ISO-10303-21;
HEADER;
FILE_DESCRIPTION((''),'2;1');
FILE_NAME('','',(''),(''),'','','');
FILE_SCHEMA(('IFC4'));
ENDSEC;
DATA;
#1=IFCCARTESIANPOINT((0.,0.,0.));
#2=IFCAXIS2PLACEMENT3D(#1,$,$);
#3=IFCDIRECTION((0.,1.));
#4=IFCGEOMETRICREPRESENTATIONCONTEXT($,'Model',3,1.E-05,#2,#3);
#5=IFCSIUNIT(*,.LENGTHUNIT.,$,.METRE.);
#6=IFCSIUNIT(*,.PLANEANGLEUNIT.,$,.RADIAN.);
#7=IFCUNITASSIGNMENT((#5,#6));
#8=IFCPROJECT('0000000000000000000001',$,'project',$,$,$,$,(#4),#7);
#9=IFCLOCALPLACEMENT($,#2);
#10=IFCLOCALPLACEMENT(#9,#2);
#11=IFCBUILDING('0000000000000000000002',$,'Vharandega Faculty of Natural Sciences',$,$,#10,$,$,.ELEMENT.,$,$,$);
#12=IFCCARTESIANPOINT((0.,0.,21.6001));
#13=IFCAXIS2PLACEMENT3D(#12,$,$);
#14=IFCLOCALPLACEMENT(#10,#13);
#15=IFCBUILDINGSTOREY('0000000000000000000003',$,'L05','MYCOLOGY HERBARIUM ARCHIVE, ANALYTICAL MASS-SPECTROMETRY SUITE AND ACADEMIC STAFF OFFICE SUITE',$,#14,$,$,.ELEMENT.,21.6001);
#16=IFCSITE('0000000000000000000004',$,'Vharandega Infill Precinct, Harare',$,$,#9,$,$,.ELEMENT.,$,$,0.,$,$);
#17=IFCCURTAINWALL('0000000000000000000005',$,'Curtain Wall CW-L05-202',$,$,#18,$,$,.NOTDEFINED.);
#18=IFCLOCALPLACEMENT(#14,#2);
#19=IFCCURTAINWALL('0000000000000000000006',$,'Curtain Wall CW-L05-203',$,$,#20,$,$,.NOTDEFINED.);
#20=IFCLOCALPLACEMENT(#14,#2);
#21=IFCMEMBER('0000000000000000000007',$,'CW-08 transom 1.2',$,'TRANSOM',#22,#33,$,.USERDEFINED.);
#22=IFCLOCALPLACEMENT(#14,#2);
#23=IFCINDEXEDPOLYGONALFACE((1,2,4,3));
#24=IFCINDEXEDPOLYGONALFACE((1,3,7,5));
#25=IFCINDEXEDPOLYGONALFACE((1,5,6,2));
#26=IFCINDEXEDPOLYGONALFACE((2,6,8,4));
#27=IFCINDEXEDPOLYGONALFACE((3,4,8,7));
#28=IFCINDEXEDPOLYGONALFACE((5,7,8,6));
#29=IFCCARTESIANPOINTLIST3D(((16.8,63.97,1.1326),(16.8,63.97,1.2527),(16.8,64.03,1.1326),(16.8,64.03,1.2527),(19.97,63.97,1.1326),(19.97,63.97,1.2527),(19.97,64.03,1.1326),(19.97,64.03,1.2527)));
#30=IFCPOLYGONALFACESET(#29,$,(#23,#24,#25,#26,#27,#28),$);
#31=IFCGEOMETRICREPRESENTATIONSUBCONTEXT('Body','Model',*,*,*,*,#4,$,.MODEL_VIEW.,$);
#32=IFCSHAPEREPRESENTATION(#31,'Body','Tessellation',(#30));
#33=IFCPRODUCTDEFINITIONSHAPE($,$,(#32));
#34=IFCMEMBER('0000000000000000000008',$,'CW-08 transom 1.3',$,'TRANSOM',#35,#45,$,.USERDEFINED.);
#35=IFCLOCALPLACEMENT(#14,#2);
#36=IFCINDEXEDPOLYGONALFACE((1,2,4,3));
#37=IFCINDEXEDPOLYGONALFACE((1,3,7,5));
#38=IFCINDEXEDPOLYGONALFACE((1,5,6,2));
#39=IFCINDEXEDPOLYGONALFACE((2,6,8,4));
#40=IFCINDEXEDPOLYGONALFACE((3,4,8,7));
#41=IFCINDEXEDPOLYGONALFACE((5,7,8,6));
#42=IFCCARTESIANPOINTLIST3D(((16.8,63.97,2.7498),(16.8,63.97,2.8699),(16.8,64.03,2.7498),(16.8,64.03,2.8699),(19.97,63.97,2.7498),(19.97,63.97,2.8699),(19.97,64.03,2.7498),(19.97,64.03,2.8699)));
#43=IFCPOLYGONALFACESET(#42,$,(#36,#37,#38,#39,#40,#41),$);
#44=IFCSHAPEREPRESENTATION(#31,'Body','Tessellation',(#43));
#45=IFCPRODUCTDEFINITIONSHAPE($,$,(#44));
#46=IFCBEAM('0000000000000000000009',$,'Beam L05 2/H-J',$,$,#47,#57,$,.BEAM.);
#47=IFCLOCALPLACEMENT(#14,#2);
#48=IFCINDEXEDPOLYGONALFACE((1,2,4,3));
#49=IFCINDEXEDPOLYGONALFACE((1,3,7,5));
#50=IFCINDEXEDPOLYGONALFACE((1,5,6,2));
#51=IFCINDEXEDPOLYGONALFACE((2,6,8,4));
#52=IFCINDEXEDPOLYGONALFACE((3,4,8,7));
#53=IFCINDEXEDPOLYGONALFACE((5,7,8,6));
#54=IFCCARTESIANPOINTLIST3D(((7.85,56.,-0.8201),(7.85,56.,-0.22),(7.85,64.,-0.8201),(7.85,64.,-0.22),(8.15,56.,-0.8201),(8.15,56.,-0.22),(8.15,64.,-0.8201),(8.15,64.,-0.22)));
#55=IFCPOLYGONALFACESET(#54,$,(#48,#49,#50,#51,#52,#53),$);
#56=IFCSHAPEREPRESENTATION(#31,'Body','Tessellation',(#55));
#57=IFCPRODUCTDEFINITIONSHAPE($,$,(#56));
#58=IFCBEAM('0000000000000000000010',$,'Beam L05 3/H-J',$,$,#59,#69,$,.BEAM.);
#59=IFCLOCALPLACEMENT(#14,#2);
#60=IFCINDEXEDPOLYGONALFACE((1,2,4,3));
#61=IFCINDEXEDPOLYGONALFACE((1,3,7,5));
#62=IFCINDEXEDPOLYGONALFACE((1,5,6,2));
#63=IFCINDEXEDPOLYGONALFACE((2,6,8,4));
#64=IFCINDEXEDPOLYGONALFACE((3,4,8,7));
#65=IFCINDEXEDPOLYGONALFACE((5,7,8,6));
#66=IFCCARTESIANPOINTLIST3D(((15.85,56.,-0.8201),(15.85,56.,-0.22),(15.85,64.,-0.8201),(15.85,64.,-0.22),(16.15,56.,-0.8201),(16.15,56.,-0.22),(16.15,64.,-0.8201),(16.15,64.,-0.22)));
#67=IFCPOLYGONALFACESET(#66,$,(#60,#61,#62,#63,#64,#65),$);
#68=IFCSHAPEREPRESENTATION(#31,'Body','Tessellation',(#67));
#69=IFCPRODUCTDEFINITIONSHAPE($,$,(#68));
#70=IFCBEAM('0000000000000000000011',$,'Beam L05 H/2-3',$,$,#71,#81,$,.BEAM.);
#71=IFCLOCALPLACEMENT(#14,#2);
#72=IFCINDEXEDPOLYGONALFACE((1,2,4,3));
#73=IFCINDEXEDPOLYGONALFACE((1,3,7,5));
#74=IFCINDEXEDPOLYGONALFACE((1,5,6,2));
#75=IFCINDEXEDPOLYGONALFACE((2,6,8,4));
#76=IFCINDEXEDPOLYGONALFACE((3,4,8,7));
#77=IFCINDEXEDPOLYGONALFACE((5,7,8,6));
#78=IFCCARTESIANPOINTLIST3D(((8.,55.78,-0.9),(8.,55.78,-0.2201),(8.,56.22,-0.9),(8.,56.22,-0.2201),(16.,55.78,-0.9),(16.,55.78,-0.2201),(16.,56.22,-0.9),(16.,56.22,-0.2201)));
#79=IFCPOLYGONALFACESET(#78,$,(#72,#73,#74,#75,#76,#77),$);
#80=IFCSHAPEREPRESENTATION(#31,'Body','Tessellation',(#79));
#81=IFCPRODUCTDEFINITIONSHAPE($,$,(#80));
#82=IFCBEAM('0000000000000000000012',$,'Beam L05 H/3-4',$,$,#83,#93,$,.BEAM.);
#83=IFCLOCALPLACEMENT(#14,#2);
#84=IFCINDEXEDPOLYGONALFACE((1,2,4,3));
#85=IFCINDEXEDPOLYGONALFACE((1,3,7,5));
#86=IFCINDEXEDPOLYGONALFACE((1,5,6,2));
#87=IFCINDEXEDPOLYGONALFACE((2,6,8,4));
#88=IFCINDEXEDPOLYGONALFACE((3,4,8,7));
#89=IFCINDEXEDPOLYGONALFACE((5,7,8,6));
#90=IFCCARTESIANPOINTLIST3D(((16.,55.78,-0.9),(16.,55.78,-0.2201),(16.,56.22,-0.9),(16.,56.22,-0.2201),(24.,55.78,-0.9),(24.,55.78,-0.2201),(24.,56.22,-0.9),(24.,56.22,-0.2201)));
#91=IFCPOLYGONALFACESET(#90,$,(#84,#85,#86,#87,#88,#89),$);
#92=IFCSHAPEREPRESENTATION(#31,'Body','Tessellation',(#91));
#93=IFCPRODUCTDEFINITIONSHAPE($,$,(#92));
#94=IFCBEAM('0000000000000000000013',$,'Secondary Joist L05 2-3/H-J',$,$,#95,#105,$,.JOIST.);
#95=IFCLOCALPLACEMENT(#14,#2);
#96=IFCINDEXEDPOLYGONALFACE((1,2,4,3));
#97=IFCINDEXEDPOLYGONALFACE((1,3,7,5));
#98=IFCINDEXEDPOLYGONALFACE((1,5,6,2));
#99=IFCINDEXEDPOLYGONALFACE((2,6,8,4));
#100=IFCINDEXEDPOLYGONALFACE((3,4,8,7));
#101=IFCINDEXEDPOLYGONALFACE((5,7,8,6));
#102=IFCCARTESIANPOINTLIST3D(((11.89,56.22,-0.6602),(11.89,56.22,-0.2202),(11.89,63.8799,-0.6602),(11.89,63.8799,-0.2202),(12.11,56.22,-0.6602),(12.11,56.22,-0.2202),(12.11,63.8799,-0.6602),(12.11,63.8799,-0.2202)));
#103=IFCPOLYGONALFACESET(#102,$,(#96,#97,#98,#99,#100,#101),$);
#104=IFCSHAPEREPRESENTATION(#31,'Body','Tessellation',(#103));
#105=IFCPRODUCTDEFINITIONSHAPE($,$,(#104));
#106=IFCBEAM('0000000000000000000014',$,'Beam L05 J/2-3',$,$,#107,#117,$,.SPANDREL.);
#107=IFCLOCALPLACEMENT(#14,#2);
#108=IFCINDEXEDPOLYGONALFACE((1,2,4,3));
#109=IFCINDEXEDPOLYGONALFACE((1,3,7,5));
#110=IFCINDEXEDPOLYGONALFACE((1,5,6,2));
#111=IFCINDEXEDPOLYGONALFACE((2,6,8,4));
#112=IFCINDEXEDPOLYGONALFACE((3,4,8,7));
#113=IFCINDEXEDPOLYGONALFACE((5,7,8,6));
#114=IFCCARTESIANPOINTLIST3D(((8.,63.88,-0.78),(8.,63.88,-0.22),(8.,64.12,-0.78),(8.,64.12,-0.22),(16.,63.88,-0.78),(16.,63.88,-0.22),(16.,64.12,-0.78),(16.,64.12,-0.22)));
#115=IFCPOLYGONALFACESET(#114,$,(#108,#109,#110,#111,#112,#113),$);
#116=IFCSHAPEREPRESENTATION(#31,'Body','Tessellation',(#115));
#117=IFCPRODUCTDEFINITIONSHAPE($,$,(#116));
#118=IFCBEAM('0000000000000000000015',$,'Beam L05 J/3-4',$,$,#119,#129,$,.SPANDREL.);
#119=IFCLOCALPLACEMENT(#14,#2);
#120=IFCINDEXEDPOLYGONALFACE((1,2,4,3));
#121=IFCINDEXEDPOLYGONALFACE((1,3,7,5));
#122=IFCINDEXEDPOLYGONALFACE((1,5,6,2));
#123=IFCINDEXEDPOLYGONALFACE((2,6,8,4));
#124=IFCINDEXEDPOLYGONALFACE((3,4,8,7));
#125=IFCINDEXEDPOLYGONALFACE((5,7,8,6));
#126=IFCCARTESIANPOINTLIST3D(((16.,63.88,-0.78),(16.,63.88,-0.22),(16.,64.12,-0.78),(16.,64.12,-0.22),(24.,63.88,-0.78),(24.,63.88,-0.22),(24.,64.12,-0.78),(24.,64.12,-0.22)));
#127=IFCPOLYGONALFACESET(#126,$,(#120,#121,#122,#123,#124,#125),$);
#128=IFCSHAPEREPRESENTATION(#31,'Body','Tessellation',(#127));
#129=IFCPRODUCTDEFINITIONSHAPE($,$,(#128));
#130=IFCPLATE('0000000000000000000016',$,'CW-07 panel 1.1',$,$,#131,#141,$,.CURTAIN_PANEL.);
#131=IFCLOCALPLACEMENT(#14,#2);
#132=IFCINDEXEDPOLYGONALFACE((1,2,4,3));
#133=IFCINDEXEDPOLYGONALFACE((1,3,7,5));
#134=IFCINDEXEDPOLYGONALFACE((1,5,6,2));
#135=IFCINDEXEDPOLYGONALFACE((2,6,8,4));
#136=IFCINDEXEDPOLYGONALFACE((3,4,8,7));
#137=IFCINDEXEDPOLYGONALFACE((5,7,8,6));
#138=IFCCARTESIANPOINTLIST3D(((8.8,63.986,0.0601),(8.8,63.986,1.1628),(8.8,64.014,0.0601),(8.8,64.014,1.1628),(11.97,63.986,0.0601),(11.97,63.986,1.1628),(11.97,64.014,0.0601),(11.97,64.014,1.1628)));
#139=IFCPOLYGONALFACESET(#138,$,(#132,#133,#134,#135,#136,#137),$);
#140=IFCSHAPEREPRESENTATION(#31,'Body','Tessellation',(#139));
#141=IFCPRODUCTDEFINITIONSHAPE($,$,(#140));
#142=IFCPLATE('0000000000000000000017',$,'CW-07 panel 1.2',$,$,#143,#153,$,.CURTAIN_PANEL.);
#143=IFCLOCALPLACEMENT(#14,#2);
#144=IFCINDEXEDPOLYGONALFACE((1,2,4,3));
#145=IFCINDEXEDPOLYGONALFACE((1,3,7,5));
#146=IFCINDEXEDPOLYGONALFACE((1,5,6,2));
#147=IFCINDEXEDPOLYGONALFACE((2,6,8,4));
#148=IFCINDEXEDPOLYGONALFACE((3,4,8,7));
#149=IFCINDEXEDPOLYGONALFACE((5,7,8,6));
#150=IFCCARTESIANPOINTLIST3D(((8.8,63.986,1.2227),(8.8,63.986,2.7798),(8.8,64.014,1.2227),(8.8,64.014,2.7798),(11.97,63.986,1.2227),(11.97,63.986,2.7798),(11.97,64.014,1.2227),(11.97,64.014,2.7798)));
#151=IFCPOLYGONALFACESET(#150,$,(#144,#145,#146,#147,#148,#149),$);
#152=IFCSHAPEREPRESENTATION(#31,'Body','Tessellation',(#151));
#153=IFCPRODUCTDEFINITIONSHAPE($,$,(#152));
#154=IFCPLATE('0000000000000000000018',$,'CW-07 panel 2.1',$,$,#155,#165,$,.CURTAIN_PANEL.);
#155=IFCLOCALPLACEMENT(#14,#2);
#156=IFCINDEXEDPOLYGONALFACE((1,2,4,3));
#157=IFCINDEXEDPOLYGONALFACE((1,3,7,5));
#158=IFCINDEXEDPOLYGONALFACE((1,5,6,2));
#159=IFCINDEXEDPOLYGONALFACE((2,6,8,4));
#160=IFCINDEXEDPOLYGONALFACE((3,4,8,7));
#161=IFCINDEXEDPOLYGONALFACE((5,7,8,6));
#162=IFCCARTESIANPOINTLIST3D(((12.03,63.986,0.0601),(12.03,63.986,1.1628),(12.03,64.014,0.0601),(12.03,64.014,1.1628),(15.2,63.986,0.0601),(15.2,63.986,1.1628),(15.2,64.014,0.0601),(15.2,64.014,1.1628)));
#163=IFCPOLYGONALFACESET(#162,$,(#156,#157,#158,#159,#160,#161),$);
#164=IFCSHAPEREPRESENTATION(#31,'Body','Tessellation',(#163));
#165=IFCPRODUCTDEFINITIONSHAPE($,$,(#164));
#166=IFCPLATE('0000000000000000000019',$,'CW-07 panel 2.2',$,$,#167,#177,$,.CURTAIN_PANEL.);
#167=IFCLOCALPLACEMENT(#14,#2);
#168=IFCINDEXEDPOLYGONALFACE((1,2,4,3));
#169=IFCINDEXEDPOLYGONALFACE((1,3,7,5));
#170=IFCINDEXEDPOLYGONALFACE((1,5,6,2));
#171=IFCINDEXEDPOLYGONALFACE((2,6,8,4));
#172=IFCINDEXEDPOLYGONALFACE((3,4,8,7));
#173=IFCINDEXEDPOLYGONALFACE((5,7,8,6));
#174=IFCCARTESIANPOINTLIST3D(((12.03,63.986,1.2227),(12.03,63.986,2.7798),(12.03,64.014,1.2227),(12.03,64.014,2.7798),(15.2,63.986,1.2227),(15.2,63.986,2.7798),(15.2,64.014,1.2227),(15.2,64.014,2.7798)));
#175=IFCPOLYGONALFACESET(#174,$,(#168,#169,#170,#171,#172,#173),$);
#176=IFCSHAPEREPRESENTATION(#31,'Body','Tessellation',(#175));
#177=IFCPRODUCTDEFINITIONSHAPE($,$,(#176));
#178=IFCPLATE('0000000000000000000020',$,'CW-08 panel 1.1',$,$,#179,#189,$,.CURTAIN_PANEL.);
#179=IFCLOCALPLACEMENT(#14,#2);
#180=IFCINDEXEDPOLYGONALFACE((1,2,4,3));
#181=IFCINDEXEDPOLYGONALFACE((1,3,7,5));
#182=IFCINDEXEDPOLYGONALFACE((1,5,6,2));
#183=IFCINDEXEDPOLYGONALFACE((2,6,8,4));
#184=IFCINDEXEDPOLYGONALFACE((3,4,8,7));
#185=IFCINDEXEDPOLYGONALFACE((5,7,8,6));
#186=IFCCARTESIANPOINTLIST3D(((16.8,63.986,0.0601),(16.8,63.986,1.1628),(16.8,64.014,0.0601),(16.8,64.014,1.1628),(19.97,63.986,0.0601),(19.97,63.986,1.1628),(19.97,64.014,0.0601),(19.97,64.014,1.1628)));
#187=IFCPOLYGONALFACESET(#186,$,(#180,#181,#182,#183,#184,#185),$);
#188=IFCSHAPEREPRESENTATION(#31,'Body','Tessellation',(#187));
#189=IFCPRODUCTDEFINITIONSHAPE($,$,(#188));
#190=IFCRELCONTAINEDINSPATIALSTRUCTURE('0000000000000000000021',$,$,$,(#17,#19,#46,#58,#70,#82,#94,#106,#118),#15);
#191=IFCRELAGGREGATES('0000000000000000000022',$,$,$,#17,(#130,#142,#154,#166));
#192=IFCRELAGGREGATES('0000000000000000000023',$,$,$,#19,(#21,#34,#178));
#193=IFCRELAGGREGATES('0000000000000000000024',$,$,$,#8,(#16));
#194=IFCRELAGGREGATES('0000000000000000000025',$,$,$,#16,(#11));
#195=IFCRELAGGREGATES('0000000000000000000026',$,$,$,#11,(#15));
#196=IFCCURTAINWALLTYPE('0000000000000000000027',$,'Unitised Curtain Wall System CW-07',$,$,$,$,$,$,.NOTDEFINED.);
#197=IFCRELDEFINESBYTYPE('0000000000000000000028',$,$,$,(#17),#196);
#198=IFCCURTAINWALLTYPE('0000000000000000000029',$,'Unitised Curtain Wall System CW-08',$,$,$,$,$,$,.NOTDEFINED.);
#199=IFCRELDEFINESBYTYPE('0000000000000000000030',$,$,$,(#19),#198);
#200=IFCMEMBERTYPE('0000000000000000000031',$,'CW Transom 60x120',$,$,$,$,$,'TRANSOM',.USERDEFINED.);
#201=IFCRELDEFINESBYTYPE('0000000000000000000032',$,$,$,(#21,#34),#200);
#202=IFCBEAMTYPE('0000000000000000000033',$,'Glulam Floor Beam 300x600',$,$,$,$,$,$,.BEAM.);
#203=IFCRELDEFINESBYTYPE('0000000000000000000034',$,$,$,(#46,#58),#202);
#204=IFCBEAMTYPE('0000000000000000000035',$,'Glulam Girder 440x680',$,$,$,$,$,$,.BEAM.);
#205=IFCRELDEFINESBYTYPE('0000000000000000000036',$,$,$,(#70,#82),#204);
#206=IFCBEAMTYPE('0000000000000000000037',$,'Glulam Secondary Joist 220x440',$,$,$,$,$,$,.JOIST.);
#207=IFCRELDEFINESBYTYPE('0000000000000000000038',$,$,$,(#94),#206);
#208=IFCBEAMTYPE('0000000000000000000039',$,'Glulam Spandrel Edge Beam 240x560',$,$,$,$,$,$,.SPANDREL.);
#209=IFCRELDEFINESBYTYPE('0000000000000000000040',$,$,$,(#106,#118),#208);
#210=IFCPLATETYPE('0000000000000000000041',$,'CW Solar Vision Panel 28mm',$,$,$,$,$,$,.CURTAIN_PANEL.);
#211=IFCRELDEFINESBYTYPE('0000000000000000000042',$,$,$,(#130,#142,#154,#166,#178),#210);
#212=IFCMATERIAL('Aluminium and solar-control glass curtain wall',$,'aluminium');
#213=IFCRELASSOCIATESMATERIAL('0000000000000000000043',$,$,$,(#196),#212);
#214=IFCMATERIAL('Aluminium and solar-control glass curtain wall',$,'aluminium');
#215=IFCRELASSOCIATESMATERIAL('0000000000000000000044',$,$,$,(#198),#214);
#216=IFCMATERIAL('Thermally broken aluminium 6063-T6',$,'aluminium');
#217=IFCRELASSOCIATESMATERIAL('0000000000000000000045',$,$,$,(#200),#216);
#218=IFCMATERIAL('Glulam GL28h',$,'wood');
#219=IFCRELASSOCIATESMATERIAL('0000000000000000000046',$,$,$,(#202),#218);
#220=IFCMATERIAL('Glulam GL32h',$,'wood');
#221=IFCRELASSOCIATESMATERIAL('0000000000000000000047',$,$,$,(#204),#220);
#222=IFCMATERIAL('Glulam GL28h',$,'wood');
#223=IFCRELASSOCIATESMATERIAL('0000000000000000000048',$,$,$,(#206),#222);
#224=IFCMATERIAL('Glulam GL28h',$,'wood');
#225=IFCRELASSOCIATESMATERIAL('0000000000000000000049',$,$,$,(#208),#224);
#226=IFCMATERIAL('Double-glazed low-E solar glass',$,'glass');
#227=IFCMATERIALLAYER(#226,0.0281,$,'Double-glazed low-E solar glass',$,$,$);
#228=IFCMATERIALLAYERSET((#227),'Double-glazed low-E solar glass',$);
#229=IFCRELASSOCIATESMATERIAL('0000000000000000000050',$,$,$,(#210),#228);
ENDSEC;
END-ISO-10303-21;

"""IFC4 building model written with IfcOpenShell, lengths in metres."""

from ifc_helpers import new_model, si_unit, direction, frame, origin, origin_2d, place, context, subcontext, project, spatial, rectangle, extrude, material, layer, layer_set, material_profile, profile_set, type_object, element, aggregate, save


model = new_model("IFC4")

# Units and contexts
model_context = context("Model", 3, precision=1e-05, world=origin(), true_north=direction((0.0, 1.0)))
body_context = subcontext(model_context, "Body", "Model", "MODEL_VIEW")
ifc_project = project(units=[si_unit("LENGTHUNIT", "METRE"), si_unit("PLANEANGLEUNIT", "RADIAN")], contexts=[model_context])

# Site, building, storey
site_placement = place(None, origin())
site = spatial("IfcSite", under=ifc_project, at=site_placement, Name="Vharandega Infill Precinct, Harare", CompositionType="ELEMENT", RefElevation=0.0)
building_placement = place(site_placement, origin())
building = spatial("IfcBuilding", under=site, at=building_placement, Name="Vharandega Faculty of Natural Sciences", CompositionType="ELEMENT")
storey_placement = place(building_placement, frame((0.0, 0.0, 21.6001)))
storey = spatial("IfcBuildingStorey", under=building, at=storey_placement, Name="L05", Description="MYCOLOGY HERBARIUM ARCHIVE, ANALYTICAL MASS-SPECTROMETRY SUITE AND ACADEMIC STAFF OFFICE SUITE", CompositionType="ELEMENT", Elevation=21.6001)

# Curtain wall
ifc_material_1 = material(Name="Aluminium and solar-control glass curtain wall", Category="aluminium")
curtain_wall_type_1 = type_object("IfcCurtainWallType", Name="Unitised Curtain Wall System CW-07", PredefinedType="NOTDEFINED", material=ifc_material_1)
curtain_wall_1_placement = place(storey_placement, origin())
curtain_wall_1 = element("IfcCurtainWall", 1, at=curtain_wall_1_placement, inside=storey, type_object=curtain_wall_type_1, Name="Curtain Wall CW-L05-202", PredefinedType="NOTDEFINED")

# Curtain wall
ifc_material_2 = material(Name="Aluminium and solar-control glass curtain wall", Category="aluminium")
curtain_wall_type_2 = type_object("IfcCurtainWallType", Name="Unitised Curtain Wall System CW-08", PredefinedType="NOTDEFINED", material=ifc_material_2)
curtain_wall_2_placement = place(storey_placement, origin())
curtain_wall_2 = element("IfcCurtainWall", 2, at=curtain_wall_2_placement, inside=storey, type_object=curtain_wall_type_2, Name="Curtain Wall CW-L05-203", PredefinedType="NOTDEFINED")

# Members
ifc_material_3 = material(Name="Thermally broken aluminium 6063-T6", Category="aluminium")
ifc_material_profile_1 = material_profile(ifc_material_3, rectangle(XDim=0.0601, YDim=0.1201, at=origin_2d()), Name="ALU 60x120")
ifc_profile_set_1 = profile_set([ifc_material_profile_1], Name="Thermally broken aluminium 6063-T6")
member_type_1 = type_object("IfcMemberType", Name="CW Transom 60x120", ElementType="TRANSOM", PredefinedType="USERDEFINED", material=ifc_profile_set_1)
member_1_placement = place(storey_placement, frame((16.8, 64.0, 1.1926), z_axis=(1.0, 0.0, 0.0), x_axis=(0.0, 1.0, 0.0)))
member_1 = element("IfcMember", 3, at=member_1_placement, type_object=member_type_1, Name="CW-08 transom 1.2", ObjectType="TRANSOM", PredefinedType="USERDEFINED", context=body_context, shape_type="SweptSolid", body=[
    extrude(rectangle(XDim=0.0601, YDim=0.1201, at=origin_2d()), origin(), (0.0, 0.0, 1.0), 3.1699),
])
member_2_placement = place(storey_placement, frame((16.8, 64.0, 2.8098), z_axis=(1.0, 0.0, 0.0), x_axis=(0.0, 1.0, 0.0)))
member_2 = element("IfcMember", 4, at=member_2_placement, type_object=member_type_1, Name="CW-08 transom 1.3", ObjectType="TRANSOM", PredefinedType="USERDEFINED", context=body_context, shape_type="SweptSolid", body=[
    extrude(rectangle(XDim=0.0601, YDim=0.1201, at=origin_2d()), origin(), (0.0, 0.0, 1.0), 3.1699),
])

# Beams
ifc_material_4 = material(Name="Glulam GL28h", Category="wood")
ifc_material_profile_2 = material_profile(ifc_material_4, rectangle(XDim=0.3, YDim=0.6001, at=origin_2d()), Name="GL28h 300x600")
ifc_profile_set_2 = profile_set([ifc_material_profile_2], Name="Glulam GL28h")
beam_type_1 = type_object("IfcBeamType", Name="Glulam Floor Beam 300x600", PredefinedType="BEAM", material=ifc_profile_set_2)
for number, where, z_axis, x_axis, name in (
    (5, (8.0, 56.0, -0.52), (0.0, 1.0, 0.0), (-1.0, 0.0, 0.0), "Beam L05 2/H-J"),
    (6, (16.0, 56.0, -0.52), (0.0, 1.0, 0.0), (-1.0, 0.0, 0.0), "Beam L05 3/H-J"),
):
    element("IfcBeam", number, at=place(storey_placement, frame(where, z_axis=z_axis, x_axis=x_axis)), inside=storey, type_object=beam_type_1, Name=name, PredefinedType="BEAM", context=body_context, shape_type="SweptSolid", body=[
        extrude(rectangle(XDim=0.3, YDim=0.6001, at=origin_2d()), origin(), (0.0, 0.0, 1.0), 8.0),
    ])
ifc_material_5 = material(Name="Glulam GL32h", Category="wood")
ifc_material_profile_3 = material_profile(ifc_material_5, rectangle(XDim=0.4399, YDim=0.6799, at=origin_2d()), Name="GL32h 440x680")
ifc_profile_set_3 = profile_set([ifc_material_profile_3], Name="Glulam GL32h")
beam_type_2 = type_object("IfcBeamType", Name="Glulam Girder 440x680", PredefinedType="BEAM", material=ifc_profile_set_3)
for number, where, z_axis, x_axis, name in (
    (7, (8.0, 56.0, -0.5601), (1.0, 0.0, 0.0), (0.0, 1.0, 0.0), "Beam L05 H/2-3"),
    (8, (16.0, 56.0, -0.5601), (1.0, 0.0, 0.0), (0.0, 1.0, 0.0), "Beam L05 H/3-4"),
):
    element("IfcBeam", number, at=place(storey_placement, frame(where, z_axis=z_axis, x_axis=x_axis)), inside=storey, type_object=beam_type_2, Name=name, PredefinedType="BEAM", context=body_context, shape_type="SweptSolid", body=[
        extrude(rectangle(XDim=0.4399, YDim=0.6799, at=origin_2d()), origin(), (0.0, 0.0, 1.0), 8.0),
    ])
ifc_material_6 = material(Name="Glulam GL28h", Category="wood")
ifc_material_profile_4 = material_profile(ifc_material_6, rectangle(XDim=0.22, YDim=0.4399, at=origin_2d()), Name="GL28h 220x440")
ifc_profile_set_4 = profile_set([ifc_material_profile_4], Name="Glulam GL28h")
beam_type_3 = type_object("IfcBeamType", Name="Glulam Secondary Joist 220x440", PredefinedType="JOIST", material=ifc_profile_set_4)
beam_placement = place(storey_placement, frame((12.0, 56.22, -0.4402), z_axis=(0.0, 1.0, 0.0), x_axis=(-1.0, 0.0, 0.0)))
element("IfcBeam", 9, at=beam_placement, inside=storey, type_object=beam_type_3, Name="Secondary Joist L05 2-3/H-J", PredefinedType="JOIST", context=body_context, shape_type="SweptSolid", body=[
    extrude(rectangle(XDim=0.22, YDim=0.4399, at=origin_2d()), origin(), (0.0, 0.0, 1.0), 7.6599),
])
ifc_material_7 = material(Name="Glulam GL28h", Category="wood")
ifc_material_profile_5 = material_profile(ifc_material_7, rectangle(XDim=0.24, YDim=0.5601, at=origin_2d()), Name="GL28h 240x560")
ifc_profile_set_5 = profile_set([ifc_material_profile_5], Name="Glulam GL28h")
beam_type_4 = type_object("IfcBeamType", Name="Glulam Spandrel Edge Beam 240x560", PredefinedType="SPANDREL", material=ifc_profile_set_5)
for number, where, z_axis, x_axis, name in (
    (10, (8.0, 64.0, -0.5), (1.0, 0.0, 0.0), (0.0, 1.0, 0.0), "Beam L05 J/2-3"),
    (11, (16.0, 64.0, -0.5), (1.0, 0.0, 0.0), (0.0, 1.0, 0.0), "Beam L05 J/3-4"),
):
    element("IfcBeam", number, at=place(storey_placement, frame(where, z_axis=z_axis, x_axis=x_axis)), inside=storey, type_object=beam_type_4, Name=name, PredefinedType="SPANDREL", context=body_context, shape_type="SweptSolid", body=[
        extrude(rectangle(XDim=0.24, YDim=0.5601, at=origin_2d()), origin(), (0.0, 0.0, 1.0), 8.0),
    ])

# Plates
ifc_material_8 = material(Name="Double-glazed low-E solar glass", Category="glass")
ifc_layer = layer(ifc_material_8, 0.0281, Name="Double-glazed low-E solar glass")
ifc_layer_set = layer_set([ifc_layer], Name="Double-glazed low-E solar glass")
plate_type = type_object("IfcPlateType", Name="CW Solar Vision Panel 28mm", PredefinedType="CURTAIN_PANEL", material=ifc_layer_set)
plate_1_placement = place(storey_placement, frame((10.385, 64.0, 0.0601), z_axis=(0.0, 0.0, 1.0), x_axis=(1.0, 0.0, 0.0)))
plate_1 = element("IfcPlate", 12, at=plate_1_placement, type_object=plate_type, Name="CW-07 panel 1.1", PredefinedType="CURTAIN_PANEL", context=body_context, shape_type="SweptSolid", body=[
    extrude(rectangle(XDim=3.1699, YDim=0.0281, at=origin_2d()), origin(), (0.0, 0.0, 1.0), 1.1028),
])
plate_2_placement = place(storey_placement, frame((10.385, 64.0, 1.2227), z_axis=(0.0, 0.0, 1.0), x_axis=(1.0, 0.0, 0.0)))
plate_2 = element("IfcPlate", 13, at=plate_2_placement, type_object=plate_type, Name="CW-07 panel 1.2", PredefinedType="CURTAIN_PANEL", context=body_context, shape_type="SweptSolid", body=[
    extrude(rectangle(XDim=3.1699, YDim=0.0281, at=origin_2d()), origin(), (0.0, 0.0, 1.0), 1.5571),
])
plate_3_placement = place(storey_placement, frame((13.615, 64.0, 0.0601), z_axis=(0.0, 0.0, 1.0), x_axis=(1.0, 0.0, 0.0)))
plate_3 = element("IfcPlate", 14, at=plate_3_placement, type_object=plate_type, Name="CW-07 panel 2.1", PredefinedType="CURTAIN_PANEL", context=body_context, shape_type="SweptSolid", body=[
    extrude(rectangle(XDim=3.1699, YDim=0.0281, at=origin_2d()), origin(), (0.0, 0.0, 1.0), 1.1028),
])
plate_4_placement = place(storey_placement, frame((13.615, 64.0, 1.2227), z_axis=(0.0, 0.0, 1.0), x_axis=(1.0, 0.0, 0.0)))
plate_4 = element("IfcPlate", 15, at=plate_4_placement, type_object=plate_type, Name="CW-07 panel 2.2", PredefinedType="CURTAIN_PANEL", context=body_context, shape_type="SweptSolid", body=[
    extrude(rectangle(XDim=3.1699, YDim=0.0281, at=origin_2d()), origin(), (0.0, 0.0, 1.0), 1.5571),
])
aggregate(curtain_wall_1, [plate_1, plate_2, plate_3, plate_4])
plate_5_placement = place(storey_placement, frame((18.385, 64.0, 0.0601), z_axis=(0.0, 0.0, 1.0), x_axis=(1.0, 0.0, 0.0)))
plate_5 = element("IfcPlate", 16, at=plate_5_placement, type_object=plate_type, Name="CW-08 panel 1.1", PredefinedType="CURTAIN_PANEL", context=body_context, shape_type="SweptSolid", body=[
    extrude(rectangle(XDim=3.1699, YDim=0.0281, at=origin_2d()), origin(), (0.0, 0.0, 1.0), 1.1028),
])
aggregate(curtain_wall_2, [member_1, member_2, plate_5])

save(model, "model.ifc")
